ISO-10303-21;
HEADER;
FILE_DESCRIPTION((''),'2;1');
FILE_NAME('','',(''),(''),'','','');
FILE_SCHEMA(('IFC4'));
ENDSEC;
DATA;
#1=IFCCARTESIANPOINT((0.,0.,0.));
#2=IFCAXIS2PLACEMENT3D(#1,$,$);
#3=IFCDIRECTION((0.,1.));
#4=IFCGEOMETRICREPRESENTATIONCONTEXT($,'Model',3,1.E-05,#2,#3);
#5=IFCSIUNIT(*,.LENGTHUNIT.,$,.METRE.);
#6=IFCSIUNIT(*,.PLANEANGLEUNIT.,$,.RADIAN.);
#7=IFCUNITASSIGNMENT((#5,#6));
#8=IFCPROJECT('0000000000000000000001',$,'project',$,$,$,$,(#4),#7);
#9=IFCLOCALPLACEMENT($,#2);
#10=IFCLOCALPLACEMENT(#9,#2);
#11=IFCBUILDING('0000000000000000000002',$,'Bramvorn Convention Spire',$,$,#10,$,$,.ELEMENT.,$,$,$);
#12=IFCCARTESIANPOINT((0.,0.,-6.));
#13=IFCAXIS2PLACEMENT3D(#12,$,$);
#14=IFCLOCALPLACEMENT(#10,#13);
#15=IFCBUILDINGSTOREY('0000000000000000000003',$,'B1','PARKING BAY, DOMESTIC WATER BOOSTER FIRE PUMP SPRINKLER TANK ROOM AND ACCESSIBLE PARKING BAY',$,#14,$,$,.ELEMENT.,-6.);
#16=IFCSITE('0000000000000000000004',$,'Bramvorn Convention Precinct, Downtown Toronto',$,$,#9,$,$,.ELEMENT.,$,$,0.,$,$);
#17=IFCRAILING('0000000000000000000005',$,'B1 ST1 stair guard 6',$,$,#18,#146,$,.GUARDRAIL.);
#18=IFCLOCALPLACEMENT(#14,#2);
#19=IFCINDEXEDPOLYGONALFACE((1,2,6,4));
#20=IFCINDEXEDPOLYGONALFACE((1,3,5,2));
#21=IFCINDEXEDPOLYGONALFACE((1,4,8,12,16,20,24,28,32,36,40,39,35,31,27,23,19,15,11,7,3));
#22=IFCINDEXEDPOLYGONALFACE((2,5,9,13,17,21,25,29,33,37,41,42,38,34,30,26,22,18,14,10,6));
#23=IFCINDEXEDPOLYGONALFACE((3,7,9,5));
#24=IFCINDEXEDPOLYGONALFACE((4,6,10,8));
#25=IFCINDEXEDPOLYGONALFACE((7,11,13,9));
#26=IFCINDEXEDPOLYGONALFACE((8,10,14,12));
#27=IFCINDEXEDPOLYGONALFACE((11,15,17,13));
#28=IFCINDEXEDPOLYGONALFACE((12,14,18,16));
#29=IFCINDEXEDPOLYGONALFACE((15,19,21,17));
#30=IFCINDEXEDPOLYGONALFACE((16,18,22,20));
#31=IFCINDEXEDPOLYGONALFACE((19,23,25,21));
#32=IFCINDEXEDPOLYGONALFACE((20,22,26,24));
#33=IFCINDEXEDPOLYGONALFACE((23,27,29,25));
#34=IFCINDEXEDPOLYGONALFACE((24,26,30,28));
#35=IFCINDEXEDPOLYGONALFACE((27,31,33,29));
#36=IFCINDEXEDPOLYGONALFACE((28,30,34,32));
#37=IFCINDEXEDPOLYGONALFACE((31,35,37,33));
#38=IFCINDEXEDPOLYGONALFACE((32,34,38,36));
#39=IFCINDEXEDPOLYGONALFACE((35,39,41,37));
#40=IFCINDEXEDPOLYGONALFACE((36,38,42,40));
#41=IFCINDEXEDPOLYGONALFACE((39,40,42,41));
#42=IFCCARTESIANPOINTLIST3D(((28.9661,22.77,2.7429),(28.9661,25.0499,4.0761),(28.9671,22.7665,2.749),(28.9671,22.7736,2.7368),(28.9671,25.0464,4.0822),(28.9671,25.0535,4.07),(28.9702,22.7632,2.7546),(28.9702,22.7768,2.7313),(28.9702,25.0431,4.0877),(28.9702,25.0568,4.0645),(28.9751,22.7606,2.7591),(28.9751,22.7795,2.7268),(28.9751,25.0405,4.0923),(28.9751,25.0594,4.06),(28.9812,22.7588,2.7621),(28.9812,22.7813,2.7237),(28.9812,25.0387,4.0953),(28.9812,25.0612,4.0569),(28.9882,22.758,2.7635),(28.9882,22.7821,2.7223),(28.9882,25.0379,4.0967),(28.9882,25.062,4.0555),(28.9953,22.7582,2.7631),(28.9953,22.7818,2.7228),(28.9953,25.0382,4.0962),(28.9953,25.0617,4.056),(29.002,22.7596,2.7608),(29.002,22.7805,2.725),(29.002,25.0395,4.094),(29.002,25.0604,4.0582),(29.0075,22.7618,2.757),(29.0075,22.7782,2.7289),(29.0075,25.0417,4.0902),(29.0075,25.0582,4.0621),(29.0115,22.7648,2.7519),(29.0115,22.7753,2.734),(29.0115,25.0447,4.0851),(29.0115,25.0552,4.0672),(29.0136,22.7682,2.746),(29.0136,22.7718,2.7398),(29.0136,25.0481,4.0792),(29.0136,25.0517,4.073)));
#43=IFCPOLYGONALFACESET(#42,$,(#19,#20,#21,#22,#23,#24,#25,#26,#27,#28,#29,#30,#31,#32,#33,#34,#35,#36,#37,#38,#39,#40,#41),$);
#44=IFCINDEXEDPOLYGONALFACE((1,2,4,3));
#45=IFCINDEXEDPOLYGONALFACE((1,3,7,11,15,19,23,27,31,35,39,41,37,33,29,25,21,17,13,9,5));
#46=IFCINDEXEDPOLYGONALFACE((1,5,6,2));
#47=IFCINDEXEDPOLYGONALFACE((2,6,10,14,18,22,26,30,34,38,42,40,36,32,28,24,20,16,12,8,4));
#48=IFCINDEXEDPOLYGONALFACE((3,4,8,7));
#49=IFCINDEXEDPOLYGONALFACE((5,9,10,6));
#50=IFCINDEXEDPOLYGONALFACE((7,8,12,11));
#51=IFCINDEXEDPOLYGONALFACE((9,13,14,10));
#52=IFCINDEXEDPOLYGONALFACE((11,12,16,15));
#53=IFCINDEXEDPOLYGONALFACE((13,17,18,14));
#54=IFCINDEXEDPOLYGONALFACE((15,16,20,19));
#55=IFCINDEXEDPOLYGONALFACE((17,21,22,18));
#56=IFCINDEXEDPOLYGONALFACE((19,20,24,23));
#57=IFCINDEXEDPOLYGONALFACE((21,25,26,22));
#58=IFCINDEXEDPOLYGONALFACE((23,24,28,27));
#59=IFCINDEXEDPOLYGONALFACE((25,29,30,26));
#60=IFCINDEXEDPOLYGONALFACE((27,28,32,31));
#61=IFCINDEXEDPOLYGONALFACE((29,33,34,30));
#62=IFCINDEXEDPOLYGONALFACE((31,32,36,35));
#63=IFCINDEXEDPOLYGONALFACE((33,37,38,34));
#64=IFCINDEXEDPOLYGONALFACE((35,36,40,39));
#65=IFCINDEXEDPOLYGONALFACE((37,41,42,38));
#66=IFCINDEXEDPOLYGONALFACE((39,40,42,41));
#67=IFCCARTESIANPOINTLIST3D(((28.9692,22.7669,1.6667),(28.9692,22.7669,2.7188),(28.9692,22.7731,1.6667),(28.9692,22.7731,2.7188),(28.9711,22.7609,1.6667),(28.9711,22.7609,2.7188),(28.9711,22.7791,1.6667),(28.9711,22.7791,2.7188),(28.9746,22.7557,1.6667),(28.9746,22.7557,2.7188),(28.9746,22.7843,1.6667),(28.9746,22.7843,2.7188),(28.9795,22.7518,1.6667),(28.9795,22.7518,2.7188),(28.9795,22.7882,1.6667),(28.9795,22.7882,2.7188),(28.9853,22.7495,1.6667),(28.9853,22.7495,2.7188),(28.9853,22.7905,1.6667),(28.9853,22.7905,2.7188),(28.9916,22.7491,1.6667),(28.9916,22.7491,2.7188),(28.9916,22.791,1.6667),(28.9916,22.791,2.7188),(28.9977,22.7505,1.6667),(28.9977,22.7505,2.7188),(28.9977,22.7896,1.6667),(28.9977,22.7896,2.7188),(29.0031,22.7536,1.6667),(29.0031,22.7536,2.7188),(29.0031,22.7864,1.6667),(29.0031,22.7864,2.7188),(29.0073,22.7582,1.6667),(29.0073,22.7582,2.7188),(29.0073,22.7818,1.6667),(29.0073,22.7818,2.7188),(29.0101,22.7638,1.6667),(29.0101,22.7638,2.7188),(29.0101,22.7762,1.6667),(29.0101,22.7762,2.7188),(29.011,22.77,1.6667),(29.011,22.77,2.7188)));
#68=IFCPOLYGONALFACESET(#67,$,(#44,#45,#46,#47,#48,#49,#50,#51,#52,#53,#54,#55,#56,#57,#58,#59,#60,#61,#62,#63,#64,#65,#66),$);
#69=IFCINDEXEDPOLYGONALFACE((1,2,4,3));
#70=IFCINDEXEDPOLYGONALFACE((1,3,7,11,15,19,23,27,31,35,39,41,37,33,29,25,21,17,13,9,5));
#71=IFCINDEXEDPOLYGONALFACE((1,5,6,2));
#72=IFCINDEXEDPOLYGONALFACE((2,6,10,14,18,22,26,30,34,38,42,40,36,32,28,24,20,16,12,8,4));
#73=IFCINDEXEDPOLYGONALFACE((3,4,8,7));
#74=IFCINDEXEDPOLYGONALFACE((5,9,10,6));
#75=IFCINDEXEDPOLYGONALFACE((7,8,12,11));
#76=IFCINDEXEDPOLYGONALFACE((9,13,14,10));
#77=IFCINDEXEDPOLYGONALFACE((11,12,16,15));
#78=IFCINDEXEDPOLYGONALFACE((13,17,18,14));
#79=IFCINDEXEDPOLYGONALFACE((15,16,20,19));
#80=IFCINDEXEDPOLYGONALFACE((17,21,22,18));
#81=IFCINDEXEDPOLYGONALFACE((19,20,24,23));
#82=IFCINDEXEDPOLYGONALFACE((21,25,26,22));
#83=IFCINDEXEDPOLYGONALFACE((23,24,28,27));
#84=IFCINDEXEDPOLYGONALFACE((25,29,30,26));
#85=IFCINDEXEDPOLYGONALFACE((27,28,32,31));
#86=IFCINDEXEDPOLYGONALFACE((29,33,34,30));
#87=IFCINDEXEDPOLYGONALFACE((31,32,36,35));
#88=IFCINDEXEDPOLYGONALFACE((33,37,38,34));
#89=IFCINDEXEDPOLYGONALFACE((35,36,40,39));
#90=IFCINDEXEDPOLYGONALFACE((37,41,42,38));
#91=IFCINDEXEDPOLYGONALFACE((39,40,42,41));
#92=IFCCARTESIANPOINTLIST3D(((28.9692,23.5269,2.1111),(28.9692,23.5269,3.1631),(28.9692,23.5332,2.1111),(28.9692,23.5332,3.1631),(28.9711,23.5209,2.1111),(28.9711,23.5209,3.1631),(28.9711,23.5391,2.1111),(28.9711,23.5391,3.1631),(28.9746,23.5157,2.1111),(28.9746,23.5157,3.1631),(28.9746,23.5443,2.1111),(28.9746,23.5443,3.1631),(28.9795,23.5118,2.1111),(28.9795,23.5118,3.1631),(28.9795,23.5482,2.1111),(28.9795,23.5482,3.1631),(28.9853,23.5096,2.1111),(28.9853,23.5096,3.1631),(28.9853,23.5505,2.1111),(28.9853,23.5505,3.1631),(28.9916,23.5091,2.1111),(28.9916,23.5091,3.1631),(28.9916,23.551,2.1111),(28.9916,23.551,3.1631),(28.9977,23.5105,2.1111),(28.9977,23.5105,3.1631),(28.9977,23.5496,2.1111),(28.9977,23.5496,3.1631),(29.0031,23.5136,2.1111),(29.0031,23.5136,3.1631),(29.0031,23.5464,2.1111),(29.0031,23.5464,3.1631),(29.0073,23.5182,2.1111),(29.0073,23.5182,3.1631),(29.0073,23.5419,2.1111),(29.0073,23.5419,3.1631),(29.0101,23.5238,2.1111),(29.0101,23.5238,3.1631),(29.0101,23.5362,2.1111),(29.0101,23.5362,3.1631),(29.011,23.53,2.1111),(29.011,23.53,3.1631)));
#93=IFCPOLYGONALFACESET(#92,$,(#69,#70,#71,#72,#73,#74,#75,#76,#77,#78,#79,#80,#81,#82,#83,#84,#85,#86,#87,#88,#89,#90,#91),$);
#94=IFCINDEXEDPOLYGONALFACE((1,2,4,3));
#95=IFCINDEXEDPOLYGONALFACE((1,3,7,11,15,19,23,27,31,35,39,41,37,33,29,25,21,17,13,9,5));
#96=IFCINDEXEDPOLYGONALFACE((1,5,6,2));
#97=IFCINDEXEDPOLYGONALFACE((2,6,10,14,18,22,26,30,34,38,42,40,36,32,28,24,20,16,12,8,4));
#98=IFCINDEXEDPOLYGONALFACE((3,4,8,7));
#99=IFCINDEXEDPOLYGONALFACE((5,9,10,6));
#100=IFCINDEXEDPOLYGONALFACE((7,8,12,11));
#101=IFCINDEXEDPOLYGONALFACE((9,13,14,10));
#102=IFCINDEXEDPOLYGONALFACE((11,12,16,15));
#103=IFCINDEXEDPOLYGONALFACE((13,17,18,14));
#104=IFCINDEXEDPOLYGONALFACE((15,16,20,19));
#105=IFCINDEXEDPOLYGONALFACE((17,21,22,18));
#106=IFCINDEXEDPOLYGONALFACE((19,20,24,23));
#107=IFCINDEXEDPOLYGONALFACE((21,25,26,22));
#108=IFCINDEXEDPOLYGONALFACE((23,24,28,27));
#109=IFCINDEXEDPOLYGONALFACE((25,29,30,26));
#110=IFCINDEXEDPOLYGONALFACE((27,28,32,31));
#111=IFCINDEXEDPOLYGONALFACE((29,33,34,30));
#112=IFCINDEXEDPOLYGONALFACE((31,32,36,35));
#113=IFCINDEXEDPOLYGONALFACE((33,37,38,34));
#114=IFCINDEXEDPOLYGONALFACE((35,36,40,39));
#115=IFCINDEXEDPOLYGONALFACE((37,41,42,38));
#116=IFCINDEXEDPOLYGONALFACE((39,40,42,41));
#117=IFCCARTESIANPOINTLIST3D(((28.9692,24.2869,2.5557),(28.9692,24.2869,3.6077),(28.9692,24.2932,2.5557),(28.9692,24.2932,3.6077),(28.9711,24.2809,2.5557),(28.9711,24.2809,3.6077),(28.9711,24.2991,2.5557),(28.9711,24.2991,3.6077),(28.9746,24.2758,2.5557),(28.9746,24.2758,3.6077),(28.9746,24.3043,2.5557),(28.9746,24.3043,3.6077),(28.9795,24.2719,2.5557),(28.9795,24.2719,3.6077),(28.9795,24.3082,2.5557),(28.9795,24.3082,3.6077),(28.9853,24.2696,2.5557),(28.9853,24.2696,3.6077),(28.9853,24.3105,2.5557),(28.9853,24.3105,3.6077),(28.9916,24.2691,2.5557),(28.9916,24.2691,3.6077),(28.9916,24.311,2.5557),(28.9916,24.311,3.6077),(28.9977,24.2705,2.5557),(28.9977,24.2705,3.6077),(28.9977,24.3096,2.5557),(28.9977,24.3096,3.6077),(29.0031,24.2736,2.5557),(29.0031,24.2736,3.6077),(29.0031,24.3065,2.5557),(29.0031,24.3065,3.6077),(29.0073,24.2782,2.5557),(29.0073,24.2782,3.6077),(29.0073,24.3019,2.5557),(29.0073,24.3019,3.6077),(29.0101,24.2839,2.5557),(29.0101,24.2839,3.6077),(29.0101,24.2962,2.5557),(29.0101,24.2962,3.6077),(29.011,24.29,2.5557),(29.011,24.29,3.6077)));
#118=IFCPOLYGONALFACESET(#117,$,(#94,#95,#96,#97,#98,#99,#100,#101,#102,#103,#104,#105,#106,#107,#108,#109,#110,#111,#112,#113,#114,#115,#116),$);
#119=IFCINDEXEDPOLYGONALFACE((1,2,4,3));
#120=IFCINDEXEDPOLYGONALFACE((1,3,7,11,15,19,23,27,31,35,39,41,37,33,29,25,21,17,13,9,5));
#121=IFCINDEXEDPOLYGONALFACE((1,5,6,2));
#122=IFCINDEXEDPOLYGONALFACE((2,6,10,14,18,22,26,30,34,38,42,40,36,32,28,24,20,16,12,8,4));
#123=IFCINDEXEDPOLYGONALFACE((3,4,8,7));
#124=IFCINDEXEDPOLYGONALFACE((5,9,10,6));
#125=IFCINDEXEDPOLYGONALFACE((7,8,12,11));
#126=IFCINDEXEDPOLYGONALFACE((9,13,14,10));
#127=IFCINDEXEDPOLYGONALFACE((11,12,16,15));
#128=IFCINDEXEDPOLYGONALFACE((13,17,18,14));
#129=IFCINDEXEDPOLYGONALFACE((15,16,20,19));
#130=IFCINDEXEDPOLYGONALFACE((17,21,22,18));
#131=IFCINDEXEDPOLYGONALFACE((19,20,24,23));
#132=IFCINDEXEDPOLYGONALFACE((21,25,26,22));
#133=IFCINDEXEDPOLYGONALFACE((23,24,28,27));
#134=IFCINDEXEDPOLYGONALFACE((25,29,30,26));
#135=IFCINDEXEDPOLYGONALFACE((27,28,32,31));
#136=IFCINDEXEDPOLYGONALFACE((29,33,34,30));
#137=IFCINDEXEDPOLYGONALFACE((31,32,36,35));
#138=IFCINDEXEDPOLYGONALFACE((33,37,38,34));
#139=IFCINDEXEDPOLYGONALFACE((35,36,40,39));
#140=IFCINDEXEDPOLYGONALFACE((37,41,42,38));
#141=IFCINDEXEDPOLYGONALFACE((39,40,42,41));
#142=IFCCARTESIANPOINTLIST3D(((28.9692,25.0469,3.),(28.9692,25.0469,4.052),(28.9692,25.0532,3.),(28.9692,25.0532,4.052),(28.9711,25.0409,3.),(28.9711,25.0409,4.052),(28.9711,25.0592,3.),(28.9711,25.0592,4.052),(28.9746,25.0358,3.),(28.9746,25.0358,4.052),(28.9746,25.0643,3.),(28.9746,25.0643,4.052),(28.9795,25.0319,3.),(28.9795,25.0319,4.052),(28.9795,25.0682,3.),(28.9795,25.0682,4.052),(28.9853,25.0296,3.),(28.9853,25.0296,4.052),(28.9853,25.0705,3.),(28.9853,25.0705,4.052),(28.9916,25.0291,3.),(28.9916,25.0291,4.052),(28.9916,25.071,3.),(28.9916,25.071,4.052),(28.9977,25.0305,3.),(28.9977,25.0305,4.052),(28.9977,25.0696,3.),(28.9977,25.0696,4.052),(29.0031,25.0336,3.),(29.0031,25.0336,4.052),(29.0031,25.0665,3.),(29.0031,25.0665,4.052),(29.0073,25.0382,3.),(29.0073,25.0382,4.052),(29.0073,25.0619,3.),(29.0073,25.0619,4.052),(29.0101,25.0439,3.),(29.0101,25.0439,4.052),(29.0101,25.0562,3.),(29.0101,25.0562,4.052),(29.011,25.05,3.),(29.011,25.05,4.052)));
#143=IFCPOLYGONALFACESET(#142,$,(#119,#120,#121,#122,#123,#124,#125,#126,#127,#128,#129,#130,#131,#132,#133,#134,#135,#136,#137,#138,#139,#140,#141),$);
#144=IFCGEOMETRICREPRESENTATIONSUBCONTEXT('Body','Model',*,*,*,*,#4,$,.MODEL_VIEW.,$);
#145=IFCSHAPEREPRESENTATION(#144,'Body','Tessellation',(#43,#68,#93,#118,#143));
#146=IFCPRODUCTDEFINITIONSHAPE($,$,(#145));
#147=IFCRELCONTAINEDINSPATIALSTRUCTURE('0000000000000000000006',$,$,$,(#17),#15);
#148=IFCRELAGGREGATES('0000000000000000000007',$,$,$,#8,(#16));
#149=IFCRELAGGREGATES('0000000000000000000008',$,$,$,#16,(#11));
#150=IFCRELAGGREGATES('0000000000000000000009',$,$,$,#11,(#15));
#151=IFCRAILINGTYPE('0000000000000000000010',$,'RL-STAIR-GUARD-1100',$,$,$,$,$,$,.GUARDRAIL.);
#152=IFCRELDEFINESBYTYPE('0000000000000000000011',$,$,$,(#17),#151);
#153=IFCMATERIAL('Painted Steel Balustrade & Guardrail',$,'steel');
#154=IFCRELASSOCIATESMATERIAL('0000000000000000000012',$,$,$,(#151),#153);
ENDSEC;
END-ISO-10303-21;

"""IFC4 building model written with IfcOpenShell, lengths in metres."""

from ifc_helpers import new_model, si_unit, direction, frame, origin, origin_2d, place, context, subcontext, project, spatial, circle, extrude, material, type_object, element, save


model = new_model("IFC4")

# Units and contexts
model_context = context("Model", 3, precision=1e-05, world=origin(), true_north=direction((0.0, 1.0)))
body_context = subcontext(model_context, "Body", "Model", "MODEL_VIEW")
ifc_project = project(units=[si_unit("LENGTHUNIT", "METRE"), si_unit("PLANEANGLEUNIT", "RADIAN")], contexts=[model_context])

# Site, building, storey
site_placement = place(None, origin())
site = spatial("IfcSite", under=ifc_project, at=site_placement, Name="Bramvorn Convention Precinct, Downtown Toronto", CompositionType="ELEMENT", RefElevation=0.0)
building_placement = place(site_placement, origin())
building = spatial("IfcBuilding", under=site, at=building_placement, Name="Bramvorn Convention Spire", CompositionType="ELEMENT")
storey_placement = place(building_placement, frame((0.0, 0.0, -6.0)))
storey = spatial("IfcBuildingStorey", under=building, at=storey_placement, Name="B1", Description="PARKING BAY, DOMESTIC WATER BOOSTER FIRE PUMP SPRINKLER TANK ROOM AND ACCESSIBLE PARKING BAY", CompositionType="ELEMENT", Elevation=-6.0)

# Railing
ifc_material_1 = material(Name="Painted Steel Balustrade & Guardrail", Category="steel")
railing_type_1 = type_object("IfcRailingType", Name="RL-STAIR-GUARD-1100", PredefinedType="GUARDRAIL", material=ifc_material_1)
railing_1_placement = place(storey_placement, frame((28.99, 22.77, 1.6667)))
element("IfcRailing", 1, at=railing_1_placement, inside=storey, type_object=railing_type_1, Name="B1 ST1 stair guard 6", PredefinedType="GUARDRAIL", context=body_context, shape_type="SweptSolid", body=[
    extrude(circle(Radius=0.0239, at=origin_2d()), frame((0.0, 0.0, 1.0762), z_axis=(0.0, 0.863245, 0.504785), x_axis=(-1.0, 0.0, 0.0)), (0.0, 0.0, 1.0), 2.6411),
    extrude(circle(Radius=0.021, at=origin_2d()), origin(), (0.0, 0.0, 1.0), 1.052),
    extrude(circle(Radius=0.021, at=origin_2d()), frame((0.0, 0.76, 0.4443)), (0.0, 0.0, 1.0), 1.052),
    extrude(circle(Radius=0.021, at=origin_2d()), frame((0.0, 1.52, 0.8889)), (0.0, 0.0, 1.0), 1.052),
    extrude(circle(Radius=0.021, at=origin_2d()), frame((0.0, 2.28, 1.3333)), (0.0, 0.0, 1.0), 1.052),
])

save(model, "model.ifc")
